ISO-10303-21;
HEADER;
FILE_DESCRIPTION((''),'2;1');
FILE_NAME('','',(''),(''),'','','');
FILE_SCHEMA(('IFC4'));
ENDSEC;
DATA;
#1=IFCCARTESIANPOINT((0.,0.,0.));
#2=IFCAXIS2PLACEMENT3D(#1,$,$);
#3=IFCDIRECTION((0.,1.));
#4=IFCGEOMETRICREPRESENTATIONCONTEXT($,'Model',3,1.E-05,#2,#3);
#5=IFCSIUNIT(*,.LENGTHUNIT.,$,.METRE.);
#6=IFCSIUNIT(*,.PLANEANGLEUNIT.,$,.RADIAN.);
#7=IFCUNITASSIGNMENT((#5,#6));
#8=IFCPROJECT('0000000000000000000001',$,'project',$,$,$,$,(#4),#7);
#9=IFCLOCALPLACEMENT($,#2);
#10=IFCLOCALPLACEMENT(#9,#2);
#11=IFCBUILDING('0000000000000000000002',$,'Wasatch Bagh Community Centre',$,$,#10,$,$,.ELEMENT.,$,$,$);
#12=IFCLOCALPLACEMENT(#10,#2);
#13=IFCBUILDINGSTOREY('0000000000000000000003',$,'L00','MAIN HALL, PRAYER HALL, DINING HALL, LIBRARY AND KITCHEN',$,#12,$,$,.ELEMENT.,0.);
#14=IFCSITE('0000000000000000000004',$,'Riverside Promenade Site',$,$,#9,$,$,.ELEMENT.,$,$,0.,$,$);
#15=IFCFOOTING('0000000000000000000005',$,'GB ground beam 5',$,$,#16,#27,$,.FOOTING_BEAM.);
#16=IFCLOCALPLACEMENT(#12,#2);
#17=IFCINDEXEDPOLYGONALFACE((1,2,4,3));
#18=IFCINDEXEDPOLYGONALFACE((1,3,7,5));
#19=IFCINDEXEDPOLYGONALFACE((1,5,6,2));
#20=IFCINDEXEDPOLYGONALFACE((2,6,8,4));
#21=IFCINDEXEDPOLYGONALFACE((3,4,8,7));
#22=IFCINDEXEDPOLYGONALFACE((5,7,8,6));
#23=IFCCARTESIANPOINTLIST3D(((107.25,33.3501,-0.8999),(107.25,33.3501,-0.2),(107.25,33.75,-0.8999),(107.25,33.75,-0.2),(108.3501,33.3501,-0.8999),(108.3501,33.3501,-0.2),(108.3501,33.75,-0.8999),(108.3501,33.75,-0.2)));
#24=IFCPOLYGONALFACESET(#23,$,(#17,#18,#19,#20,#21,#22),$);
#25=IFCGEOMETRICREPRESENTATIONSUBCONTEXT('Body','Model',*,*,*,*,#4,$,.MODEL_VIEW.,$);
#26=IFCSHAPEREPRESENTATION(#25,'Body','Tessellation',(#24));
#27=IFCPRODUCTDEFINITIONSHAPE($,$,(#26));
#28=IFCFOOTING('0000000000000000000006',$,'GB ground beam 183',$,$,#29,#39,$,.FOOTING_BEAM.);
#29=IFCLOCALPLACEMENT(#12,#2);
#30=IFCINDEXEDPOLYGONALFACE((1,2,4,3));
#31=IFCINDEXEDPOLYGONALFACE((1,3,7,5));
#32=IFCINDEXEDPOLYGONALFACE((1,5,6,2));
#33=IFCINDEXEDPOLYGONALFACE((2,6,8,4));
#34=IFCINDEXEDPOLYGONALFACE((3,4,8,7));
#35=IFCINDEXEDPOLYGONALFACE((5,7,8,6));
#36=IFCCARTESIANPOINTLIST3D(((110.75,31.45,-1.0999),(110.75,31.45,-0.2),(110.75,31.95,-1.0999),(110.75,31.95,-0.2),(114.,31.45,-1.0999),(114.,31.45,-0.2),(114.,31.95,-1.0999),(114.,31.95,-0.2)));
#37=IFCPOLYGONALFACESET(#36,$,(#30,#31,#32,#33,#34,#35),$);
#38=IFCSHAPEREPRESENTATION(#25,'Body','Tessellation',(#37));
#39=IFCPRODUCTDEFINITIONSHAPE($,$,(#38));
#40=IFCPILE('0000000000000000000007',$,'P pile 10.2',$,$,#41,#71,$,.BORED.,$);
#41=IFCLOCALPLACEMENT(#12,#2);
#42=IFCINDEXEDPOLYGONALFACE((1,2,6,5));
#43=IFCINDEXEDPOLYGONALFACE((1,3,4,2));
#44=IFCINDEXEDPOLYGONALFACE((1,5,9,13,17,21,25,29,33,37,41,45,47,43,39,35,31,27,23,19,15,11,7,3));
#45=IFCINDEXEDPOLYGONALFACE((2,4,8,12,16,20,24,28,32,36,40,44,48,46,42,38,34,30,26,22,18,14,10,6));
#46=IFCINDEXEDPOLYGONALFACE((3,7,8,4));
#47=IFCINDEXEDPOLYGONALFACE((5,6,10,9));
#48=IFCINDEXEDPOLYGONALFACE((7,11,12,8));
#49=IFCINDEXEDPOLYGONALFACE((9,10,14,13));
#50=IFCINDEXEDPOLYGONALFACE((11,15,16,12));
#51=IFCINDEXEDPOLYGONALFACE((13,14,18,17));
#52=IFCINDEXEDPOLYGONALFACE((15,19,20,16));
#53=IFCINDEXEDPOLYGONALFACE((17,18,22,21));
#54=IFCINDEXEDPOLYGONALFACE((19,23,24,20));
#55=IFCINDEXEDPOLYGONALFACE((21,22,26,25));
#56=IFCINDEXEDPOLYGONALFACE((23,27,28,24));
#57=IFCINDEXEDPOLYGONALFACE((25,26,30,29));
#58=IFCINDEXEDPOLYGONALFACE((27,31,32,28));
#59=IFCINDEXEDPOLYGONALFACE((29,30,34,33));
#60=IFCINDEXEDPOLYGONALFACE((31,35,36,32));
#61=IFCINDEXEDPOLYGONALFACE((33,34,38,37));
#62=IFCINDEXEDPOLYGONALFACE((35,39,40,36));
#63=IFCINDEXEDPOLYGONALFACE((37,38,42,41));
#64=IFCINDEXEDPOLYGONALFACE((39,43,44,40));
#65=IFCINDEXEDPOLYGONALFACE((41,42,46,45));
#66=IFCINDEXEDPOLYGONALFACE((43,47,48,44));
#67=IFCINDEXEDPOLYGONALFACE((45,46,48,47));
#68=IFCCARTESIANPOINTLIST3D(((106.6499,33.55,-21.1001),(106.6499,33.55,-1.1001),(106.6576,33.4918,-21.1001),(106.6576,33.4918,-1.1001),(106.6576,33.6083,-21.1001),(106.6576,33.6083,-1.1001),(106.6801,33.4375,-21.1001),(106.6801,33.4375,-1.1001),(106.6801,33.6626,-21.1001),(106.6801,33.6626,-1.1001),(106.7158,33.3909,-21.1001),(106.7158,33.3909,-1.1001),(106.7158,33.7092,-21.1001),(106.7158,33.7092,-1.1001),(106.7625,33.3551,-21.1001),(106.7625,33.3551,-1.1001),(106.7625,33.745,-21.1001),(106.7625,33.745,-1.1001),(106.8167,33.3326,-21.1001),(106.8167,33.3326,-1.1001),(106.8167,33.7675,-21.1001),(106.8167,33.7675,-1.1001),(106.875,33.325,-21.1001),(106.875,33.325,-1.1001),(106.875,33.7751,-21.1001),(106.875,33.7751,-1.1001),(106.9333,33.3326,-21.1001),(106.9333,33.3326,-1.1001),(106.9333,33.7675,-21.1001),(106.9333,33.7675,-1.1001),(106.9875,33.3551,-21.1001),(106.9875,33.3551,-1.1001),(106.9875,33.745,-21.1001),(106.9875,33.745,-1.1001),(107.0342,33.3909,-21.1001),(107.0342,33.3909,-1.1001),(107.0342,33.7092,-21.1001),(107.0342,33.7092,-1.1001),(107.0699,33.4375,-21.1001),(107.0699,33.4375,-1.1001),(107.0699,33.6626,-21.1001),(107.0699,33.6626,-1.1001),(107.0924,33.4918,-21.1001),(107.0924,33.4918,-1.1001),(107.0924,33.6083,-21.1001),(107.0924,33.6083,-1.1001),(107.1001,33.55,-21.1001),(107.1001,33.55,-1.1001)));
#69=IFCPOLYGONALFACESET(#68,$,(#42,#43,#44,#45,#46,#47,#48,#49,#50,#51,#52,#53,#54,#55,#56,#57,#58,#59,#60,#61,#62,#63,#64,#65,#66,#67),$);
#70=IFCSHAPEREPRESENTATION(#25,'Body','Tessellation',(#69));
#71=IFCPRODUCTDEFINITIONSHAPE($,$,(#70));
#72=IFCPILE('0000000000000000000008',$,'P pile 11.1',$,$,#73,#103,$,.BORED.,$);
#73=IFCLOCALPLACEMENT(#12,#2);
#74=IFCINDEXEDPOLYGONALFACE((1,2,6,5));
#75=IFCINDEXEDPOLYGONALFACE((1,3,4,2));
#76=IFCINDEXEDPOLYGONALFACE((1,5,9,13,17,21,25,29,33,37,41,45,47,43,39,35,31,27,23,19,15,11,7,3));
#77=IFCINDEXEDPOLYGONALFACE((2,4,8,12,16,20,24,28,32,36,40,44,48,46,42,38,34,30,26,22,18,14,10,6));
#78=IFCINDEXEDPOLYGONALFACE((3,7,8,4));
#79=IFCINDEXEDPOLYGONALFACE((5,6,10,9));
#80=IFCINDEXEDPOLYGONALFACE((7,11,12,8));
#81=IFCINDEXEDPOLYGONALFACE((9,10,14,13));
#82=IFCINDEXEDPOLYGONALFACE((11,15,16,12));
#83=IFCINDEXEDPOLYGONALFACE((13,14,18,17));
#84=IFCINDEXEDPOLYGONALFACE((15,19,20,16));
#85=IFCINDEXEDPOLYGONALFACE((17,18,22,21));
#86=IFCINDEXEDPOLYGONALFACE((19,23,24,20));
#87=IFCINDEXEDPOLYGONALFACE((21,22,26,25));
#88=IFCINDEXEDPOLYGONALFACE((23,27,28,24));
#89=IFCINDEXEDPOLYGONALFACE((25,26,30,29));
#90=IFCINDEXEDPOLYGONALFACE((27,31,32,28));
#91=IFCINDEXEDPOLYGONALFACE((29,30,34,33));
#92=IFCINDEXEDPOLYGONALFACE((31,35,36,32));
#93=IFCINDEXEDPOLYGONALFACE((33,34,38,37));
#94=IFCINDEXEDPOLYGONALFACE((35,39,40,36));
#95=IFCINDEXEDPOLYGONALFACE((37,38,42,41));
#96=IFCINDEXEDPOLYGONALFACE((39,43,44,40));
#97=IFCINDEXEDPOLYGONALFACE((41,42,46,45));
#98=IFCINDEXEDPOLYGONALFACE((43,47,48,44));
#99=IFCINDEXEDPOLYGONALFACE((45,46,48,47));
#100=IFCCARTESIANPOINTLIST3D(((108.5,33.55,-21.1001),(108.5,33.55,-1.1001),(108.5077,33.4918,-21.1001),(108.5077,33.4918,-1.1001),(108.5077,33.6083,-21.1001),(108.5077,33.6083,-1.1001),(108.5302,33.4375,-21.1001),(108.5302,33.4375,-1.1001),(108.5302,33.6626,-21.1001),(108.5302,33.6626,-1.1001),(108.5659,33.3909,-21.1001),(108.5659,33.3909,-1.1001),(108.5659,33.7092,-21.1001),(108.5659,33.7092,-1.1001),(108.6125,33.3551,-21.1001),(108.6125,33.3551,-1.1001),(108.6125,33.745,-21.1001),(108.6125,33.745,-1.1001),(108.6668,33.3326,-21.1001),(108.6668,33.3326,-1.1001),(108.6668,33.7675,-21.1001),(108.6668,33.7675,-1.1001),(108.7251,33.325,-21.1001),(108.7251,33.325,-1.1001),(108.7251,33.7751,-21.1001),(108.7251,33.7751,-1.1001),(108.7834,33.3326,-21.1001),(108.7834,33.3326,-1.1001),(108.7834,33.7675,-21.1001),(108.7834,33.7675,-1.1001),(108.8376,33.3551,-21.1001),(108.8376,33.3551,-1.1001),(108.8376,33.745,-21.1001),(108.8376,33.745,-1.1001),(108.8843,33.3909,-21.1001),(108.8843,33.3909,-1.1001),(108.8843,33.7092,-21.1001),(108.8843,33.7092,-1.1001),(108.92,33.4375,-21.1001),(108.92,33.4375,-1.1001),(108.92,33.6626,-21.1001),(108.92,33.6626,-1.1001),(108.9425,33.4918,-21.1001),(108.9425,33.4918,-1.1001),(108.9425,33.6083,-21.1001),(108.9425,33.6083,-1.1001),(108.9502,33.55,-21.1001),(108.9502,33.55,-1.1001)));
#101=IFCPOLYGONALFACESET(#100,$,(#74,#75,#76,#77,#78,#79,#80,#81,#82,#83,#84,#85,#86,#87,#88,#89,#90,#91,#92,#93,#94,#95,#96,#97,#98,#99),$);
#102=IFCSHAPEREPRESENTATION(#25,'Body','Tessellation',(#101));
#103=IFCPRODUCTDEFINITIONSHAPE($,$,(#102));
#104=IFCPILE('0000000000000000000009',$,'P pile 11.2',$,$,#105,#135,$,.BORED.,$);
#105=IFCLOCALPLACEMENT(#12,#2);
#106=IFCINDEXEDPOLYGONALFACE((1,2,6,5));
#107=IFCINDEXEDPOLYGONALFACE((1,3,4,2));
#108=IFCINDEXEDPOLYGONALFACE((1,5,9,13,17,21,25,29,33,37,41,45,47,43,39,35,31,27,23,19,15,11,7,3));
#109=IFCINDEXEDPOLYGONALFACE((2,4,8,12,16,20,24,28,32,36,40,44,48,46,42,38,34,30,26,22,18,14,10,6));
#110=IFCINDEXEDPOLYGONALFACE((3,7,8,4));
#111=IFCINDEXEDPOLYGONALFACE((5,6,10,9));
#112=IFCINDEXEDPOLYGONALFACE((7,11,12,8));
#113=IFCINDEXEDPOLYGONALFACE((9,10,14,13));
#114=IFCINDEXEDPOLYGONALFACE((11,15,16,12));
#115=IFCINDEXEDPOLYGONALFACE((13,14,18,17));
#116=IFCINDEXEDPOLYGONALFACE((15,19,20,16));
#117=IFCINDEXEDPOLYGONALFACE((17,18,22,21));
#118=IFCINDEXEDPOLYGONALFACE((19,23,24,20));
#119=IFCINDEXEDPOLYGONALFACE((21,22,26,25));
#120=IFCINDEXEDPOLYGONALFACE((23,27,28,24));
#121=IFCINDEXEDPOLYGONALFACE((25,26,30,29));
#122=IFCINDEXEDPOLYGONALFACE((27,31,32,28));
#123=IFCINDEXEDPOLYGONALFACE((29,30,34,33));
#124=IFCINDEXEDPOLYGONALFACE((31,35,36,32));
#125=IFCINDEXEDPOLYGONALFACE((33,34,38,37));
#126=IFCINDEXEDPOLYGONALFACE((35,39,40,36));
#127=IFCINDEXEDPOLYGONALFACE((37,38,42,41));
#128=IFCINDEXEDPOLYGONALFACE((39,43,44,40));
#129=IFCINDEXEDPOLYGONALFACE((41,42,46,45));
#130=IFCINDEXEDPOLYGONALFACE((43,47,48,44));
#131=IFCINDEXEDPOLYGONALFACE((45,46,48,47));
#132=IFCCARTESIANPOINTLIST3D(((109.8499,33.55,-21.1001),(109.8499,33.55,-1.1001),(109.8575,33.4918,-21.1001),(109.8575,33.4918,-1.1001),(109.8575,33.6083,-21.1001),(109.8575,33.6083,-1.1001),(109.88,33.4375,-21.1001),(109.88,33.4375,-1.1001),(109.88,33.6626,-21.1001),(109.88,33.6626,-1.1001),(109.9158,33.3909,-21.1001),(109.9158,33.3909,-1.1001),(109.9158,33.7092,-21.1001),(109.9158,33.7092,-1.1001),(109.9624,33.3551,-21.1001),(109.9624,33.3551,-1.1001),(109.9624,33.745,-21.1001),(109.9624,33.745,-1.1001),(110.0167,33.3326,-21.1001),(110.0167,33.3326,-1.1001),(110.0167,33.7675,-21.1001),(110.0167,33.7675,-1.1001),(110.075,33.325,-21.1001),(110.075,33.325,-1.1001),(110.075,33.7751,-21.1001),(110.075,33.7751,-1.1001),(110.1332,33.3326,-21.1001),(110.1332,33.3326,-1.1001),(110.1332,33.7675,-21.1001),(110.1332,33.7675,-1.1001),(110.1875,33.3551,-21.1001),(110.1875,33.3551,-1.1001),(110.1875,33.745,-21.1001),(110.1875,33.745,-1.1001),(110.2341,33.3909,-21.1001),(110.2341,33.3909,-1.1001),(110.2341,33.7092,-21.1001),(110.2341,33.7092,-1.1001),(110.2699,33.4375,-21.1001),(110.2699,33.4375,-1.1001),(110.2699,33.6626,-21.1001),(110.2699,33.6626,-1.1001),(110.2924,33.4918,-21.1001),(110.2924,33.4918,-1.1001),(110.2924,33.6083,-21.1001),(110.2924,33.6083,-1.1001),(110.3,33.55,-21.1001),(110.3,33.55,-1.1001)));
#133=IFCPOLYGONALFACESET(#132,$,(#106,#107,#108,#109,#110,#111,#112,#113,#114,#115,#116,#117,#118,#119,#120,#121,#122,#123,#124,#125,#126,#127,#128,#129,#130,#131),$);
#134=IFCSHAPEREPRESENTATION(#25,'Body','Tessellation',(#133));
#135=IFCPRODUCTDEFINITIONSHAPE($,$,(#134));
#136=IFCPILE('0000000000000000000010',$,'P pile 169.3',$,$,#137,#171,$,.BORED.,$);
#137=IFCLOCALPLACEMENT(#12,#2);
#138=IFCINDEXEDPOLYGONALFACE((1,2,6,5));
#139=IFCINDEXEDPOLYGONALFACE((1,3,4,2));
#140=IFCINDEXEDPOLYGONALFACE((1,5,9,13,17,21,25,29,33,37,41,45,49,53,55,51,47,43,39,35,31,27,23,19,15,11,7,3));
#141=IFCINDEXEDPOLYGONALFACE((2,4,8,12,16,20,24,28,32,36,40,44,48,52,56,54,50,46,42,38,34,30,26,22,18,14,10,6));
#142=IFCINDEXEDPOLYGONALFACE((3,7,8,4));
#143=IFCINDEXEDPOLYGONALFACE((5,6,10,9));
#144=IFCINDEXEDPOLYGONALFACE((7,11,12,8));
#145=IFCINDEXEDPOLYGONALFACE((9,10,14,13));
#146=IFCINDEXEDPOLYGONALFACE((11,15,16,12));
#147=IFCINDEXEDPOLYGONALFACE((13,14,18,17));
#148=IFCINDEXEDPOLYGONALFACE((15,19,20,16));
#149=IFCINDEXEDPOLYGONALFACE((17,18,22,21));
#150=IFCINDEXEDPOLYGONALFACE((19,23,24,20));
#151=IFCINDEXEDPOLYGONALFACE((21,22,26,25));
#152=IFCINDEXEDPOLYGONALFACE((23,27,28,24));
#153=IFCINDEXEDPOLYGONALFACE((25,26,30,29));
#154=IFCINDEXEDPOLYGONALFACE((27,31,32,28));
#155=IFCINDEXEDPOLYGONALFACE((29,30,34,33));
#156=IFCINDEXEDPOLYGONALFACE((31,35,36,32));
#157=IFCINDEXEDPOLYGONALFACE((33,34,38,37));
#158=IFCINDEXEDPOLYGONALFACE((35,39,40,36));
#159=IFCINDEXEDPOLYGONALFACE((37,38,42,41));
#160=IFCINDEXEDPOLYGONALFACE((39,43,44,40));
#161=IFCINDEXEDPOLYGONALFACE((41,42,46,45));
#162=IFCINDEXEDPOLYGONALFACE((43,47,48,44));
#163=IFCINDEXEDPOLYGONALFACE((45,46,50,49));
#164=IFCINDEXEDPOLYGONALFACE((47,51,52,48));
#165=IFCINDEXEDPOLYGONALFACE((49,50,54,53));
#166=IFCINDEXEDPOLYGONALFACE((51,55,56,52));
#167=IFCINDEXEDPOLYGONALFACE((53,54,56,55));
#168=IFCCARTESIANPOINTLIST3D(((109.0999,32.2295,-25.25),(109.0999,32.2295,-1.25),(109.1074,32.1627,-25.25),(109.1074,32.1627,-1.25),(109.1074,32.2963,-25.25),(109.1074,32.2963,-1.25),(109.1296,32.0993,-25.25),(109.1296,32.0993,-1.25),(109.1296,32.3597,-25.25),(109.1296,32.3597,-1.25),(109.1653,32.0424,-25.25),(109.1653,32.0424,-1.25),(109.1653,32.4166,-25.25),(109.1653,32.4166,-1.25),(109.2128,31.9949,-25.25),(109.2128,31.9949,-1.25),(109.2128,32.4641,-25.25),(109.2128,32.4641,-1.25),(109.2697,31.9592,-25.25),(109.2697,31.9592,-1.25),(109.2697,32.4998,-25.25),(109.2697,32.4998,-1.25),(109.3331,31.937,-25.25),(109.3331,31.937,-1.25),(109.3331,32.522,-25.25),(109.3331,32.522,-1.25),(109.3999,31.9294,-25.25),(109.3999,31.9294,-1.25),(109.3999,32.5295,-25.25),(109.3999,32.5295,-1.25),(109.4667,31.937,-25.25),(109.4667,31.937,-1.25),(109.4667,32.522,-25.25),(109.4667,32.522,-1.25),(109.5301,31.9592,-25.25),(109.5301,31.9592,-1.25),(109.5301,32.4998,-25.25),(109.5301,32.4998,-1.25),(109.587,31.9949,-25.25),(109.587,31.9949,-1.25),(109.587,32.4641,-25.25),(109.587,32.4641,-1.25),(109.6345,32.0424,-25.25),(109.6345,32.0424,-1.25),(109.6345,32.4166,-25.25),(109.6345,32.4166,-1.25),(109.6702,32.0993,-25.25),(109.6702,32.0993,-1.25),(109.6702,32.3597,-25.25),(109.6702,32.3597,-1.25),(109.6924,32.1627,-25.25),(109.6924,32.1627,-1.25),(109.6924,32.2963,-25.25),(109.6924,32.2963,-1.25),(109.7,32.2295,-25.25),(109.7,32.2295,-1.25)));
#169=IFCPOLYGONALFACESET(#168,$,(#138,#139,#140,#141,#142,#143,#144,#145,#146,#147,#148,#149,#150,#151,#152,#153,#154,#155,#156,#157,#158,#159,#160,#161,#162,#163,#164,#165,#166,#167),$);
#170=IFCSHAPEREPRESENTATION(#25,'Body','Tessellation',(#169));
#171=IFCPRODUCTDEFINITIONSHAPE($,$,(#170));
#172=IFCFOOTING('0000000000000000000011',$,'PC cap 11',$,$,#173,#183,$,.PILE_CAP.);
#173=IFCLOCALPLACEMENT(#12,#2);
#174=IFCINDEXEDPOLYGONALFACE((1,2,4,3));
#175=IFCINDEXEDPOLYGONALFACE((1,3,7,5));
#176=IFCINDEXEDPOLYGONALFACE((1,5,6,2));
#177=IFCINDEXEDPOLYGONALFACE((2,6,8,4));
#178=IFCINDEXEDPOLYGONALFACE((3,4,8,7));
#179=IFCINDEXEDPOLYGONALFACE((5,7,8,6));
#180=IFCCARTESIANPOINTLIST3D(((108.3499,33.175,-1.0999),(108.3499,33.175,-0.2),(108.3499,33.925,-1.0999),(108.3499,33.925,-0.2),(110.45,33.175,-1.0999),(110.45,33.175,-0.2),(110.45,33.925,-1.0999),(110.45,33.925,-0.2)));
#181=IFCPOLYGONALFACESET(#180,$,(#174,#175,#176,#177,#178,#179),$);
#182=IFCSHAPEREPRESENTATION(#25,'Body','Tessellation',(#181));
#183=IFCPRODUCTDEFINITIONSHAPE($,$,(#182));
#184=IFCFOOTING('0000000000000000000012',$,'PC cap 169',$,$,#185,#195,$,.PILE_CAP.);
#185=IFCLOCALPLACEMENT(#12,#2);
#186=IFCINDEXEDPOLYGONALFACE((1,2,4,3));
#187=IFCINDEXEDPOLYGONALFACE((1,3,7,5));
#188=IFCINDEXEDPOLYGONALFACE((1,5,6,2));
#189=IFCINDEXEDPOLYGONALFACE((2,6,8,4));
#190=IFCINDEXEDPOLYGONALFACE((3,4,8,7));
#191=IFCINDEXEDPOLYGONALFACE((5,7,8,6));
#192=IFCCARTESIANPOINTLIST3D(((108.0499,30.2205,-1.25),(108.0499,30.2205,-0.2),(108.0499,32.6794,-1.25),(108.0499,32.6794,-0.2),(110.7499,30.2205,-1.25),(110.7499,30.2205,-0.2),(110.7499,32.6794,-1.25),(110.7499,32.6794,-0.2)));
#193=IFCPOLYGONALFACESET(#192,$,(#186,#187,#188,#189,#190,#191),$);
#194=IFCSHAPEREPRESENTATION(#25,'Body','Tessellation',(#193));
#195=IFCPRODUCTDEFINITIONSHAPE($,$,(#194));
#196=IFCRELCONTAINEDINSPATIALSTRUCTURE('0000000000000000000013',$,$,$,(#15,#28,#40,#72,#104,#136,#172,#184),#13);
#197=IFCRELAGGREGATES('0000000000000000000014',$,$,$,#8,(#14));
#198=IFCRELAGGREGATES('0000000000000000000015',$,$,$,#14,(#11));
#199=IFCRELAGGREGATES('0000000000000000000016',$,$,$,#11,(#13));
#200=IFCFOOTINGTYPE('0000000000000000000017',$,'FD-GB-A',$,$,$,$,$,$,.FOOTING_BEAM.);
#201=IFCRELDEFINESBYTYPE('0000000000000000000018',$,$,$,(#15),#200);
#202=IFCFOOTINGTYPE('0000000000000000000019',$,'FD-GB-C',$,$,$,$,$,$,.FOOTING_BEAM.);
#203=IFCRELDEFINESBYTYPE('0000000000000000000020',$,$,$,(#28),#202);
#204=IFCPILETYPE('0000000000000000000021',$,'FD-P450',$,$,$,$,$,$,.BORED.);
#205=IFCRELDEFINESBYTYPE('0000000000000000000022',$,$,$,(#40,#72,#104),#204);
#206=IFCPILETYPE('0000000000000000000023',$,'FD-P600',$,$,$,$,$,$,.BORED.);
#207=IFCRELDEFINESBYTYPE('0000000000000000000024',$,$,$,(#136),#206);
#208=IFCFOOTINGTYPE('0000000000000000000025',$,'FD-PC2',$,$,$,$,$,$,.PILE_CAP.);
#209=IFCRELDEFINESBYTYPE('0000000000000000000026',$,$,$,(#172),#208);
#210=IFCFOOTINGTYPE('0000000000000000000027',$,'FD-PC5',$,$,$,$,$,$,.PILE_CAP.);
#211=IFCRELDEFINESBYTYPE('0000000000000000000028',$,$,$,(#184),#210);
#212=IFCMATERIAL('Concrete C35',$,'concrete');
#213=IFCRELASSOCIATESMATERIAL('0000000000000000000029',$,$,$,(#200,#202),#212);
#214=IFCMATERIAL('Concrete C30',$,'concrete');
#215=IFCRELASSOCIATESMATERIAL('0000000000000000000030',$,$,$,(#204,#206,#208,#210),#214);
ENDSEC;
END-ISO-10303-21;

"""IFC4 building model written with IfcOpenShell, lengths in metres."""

from ifc_helpers import new_model, si_unit, direction, frame, origin, origin_2d, place, context, subcontext, project, spatial, rectangle, circle, extrude, material, material_profile, profile_set, type_object, element, save


model = new_model("IFC4")

# Units and contexts
model_context = context("Model", 3, precision=1e-05, world=origin(), true_north=direction((0.0, 1.0)))
body_context = subcontext(model_context, "Body", "Model", "MODEL_VIEW")
ifc_project = project(units=[si_unit("LENGTHUNIT", "METRE"), si_unit("PLANEANGLEUNIT", "RADIAN")], contexts=[model_context])

# Site, building, storey
site_placement = place(None, origin())
site = spatial("IfcSite", under=ifc_project, at=site_placement, Name="Riverside Promenade Site", CompositionType="ELEMENT", RefElevation=0.0)
building_placement = place(site_placement, origin())
building = spatial("IfcBuilding", under=site, at=building_placement, Name="Wasatch Bagh Community Centre", CompositionType="ELEMENT")
storey_placement = place(building_placement, origin())
storey = spatial("IfcBuildingStorey", under=building, at=storey_placement, Name="L00", Description="MAIN HALL, PRAYER HALL, DINING HALL, LIBRARY AND KITCHEN", CompositionType="ELEMENT", Elevation=0.0)

# Footings
ifc_material_1 = material(Name="Concrete C35", Category="concrete")
footing_type_1 = type_object("IfcFootingType", Name="FD-GB-A", PredefinedType="FOOTING_BEAM", material=ifc_material_1)
footing_1_placement = place(storey_placement, frame((107.8, 33.55, -0.8999), z_axis=(0.0, 0.0, 1.0), x_axis=(1.0, 0.0, 0.0)))
element("IfcFooting", 1, at=footing_1_placement, inside=storey, type_object=footing_type_1, Name="GB ground beam 5", PredefinedType="FOOTING_BEAM", context=body_context, shape_type="SweptSolid", body=[
    extrude(rectangle(XDim=1.1001, YDim=0.3999, at=origin_2d()), origin(), (0.0, 0.0, 1.0), 0.7),
])
footing_type_2 = type_object("IfcFootingType", Name="FD-GB-C", PredefinedType="FOOTING_BEAM", material=ifc_material_1)
footing_2_placement = place(storey_placement, frame((112.375, 31.7, -1.0999), z_axis=(0.0, 0.0, 1.0), x_axis=(1.0, 0.0, 0.0)))
element("IfcFooting", 2, at=footing_2_placement, inside=storey, type_object=footing_type_2, Name="GB ground beam 183", PredefinedType="FOOTING_BEAM", context=body_context, shape_type="SweptSolid", body=[
    extrude(rectangle(XDim=3.25, YDim=0.5, at=origin_2d()), origin(), (0.0, 0.0, 1.0), 0.8999),
])

# Piles
ifc_material_2 = material(Name="Concrete C30", Category="concrete")
ifc_material_profile_1 = material_profile(ifc_material_2, circle(Radius=0.2251, at=origin_2d()), Name="RC D450")
ifc_profile_set_1 = profile_set([ifc_material_profile_1], Name="Concrete C30")
pile_type_1 = type_object("IfcPileType", Name="FD-P450", PredefinedType="BORED", material=ifc_profile_set_1)
for number, where, z_axis, x_axis, name in (
    (3, (106.875, 33.55, -1.1001), (0.0, 0.0, -1.0), (1.0, 0.0, 0.0), "P pile 10.2"),
    (4, (108.7251, 33.55, -1.1001), (0.0, 0.0, -1.0), (1.0, 0.0, 0.0), "P pile 11.1"),
    (5, (110.075, 33.55, -1.1001), (0.0, 0.0, -1.0), (1.0, 0.0, 0.0), "P pile 11.2"),
):
    element("IfcPile", number, at=place(storey_placement, frame(where, z_axis=z_axis, x_axis=x_axis)), inside=storey, type_object=pile_type_1, Name=name, PredefinedType="BORED", context=body_context, shape_type="SweptSolid", body=[
        extrude(circle(Radius=0.2251, at=origin_2d()), origin(), (0.0, 0.0, 1.0), 20.0),
    ])
ifc_material_profile_2 = material_profile(ifc_material_2, circle(Radius=0.3, at=origin_2d()), Name="RC D600")
ifc_profile_set_2 = profile_set([ifc_material_profile_2], Name="Concrete C30")
pile_type_2 = type_object("IfcPileType", Name="FD-P600", PredefinedType="BORED", material=ifc_profile_set_2)
pile_placement = place(storey_placement, frame((109.3999, 32.2295, -1.25), z_axis=(0.0, 0.0, -1.0), x_axis=(1.0, 0.0, 0.0)))
element("IfcPile", 6, at=pile_placement, inside=storey, type_object=pile_type_2, Name="P pile 169.3", PredefinedType="BORED", context=body_context, shape_type="SweptSolid", body=[
    extrude(circle(Radius=0.3, at=origin_2d()), origin(), (0.0, 0.0, 1.0), 24.0),
])

# Footings
footing_type_3 = type_object("IfcFootingType", Name="FD-PC2", PredefinedType="PILE_CAP", material=ifc_material_2)
footing_3_placement = place(storey_placement, frame((109.3999, 33.55, -1.0999), z_axis=(0.0, 0.0, 1.0), x_axis=(1.0, 0.0, 0.0)))
element("IfcFooting", 7, at=footing_3_placement, inside=storey, type_object=footing_type_3, Name="PC cap 11", PredefinedType="PILE_CAP", context=body_context, shape_type="SweptSolid", body=[
    extrude(rectangle(XDim=2.1001, YDim=0.75, at=origin_2d()), origin(), (0.0, 0.0, 1.0), 0.8999),
])
footing_type_4 = type_object("IfcFootingType", Name="FD-PC5", PredefinedType="PILE_CAP", material=ifc_material_2)
footing_4_placement = place(storey_placement, frame((109.3999, 31.45, -1.25), z_axis=(0.0, 0.0, 1.0), x_axis=(1.0, 0.0, 0.0)))
element("IfcFooting", 8, at=footing_4_placement, inside=storey, type_object=footing_type_4, Name="PC cap 169", PredefinedType="PILE_CAP", context=body_context, shape_type="SweptSolid", body=[
    extrude(rectangle(XDim=2.7, YDim=2.459, at=origin_2d()), origin(), (0.0, 0.0, 1.0), 1.05),
])

save(model, "model.ifc")
